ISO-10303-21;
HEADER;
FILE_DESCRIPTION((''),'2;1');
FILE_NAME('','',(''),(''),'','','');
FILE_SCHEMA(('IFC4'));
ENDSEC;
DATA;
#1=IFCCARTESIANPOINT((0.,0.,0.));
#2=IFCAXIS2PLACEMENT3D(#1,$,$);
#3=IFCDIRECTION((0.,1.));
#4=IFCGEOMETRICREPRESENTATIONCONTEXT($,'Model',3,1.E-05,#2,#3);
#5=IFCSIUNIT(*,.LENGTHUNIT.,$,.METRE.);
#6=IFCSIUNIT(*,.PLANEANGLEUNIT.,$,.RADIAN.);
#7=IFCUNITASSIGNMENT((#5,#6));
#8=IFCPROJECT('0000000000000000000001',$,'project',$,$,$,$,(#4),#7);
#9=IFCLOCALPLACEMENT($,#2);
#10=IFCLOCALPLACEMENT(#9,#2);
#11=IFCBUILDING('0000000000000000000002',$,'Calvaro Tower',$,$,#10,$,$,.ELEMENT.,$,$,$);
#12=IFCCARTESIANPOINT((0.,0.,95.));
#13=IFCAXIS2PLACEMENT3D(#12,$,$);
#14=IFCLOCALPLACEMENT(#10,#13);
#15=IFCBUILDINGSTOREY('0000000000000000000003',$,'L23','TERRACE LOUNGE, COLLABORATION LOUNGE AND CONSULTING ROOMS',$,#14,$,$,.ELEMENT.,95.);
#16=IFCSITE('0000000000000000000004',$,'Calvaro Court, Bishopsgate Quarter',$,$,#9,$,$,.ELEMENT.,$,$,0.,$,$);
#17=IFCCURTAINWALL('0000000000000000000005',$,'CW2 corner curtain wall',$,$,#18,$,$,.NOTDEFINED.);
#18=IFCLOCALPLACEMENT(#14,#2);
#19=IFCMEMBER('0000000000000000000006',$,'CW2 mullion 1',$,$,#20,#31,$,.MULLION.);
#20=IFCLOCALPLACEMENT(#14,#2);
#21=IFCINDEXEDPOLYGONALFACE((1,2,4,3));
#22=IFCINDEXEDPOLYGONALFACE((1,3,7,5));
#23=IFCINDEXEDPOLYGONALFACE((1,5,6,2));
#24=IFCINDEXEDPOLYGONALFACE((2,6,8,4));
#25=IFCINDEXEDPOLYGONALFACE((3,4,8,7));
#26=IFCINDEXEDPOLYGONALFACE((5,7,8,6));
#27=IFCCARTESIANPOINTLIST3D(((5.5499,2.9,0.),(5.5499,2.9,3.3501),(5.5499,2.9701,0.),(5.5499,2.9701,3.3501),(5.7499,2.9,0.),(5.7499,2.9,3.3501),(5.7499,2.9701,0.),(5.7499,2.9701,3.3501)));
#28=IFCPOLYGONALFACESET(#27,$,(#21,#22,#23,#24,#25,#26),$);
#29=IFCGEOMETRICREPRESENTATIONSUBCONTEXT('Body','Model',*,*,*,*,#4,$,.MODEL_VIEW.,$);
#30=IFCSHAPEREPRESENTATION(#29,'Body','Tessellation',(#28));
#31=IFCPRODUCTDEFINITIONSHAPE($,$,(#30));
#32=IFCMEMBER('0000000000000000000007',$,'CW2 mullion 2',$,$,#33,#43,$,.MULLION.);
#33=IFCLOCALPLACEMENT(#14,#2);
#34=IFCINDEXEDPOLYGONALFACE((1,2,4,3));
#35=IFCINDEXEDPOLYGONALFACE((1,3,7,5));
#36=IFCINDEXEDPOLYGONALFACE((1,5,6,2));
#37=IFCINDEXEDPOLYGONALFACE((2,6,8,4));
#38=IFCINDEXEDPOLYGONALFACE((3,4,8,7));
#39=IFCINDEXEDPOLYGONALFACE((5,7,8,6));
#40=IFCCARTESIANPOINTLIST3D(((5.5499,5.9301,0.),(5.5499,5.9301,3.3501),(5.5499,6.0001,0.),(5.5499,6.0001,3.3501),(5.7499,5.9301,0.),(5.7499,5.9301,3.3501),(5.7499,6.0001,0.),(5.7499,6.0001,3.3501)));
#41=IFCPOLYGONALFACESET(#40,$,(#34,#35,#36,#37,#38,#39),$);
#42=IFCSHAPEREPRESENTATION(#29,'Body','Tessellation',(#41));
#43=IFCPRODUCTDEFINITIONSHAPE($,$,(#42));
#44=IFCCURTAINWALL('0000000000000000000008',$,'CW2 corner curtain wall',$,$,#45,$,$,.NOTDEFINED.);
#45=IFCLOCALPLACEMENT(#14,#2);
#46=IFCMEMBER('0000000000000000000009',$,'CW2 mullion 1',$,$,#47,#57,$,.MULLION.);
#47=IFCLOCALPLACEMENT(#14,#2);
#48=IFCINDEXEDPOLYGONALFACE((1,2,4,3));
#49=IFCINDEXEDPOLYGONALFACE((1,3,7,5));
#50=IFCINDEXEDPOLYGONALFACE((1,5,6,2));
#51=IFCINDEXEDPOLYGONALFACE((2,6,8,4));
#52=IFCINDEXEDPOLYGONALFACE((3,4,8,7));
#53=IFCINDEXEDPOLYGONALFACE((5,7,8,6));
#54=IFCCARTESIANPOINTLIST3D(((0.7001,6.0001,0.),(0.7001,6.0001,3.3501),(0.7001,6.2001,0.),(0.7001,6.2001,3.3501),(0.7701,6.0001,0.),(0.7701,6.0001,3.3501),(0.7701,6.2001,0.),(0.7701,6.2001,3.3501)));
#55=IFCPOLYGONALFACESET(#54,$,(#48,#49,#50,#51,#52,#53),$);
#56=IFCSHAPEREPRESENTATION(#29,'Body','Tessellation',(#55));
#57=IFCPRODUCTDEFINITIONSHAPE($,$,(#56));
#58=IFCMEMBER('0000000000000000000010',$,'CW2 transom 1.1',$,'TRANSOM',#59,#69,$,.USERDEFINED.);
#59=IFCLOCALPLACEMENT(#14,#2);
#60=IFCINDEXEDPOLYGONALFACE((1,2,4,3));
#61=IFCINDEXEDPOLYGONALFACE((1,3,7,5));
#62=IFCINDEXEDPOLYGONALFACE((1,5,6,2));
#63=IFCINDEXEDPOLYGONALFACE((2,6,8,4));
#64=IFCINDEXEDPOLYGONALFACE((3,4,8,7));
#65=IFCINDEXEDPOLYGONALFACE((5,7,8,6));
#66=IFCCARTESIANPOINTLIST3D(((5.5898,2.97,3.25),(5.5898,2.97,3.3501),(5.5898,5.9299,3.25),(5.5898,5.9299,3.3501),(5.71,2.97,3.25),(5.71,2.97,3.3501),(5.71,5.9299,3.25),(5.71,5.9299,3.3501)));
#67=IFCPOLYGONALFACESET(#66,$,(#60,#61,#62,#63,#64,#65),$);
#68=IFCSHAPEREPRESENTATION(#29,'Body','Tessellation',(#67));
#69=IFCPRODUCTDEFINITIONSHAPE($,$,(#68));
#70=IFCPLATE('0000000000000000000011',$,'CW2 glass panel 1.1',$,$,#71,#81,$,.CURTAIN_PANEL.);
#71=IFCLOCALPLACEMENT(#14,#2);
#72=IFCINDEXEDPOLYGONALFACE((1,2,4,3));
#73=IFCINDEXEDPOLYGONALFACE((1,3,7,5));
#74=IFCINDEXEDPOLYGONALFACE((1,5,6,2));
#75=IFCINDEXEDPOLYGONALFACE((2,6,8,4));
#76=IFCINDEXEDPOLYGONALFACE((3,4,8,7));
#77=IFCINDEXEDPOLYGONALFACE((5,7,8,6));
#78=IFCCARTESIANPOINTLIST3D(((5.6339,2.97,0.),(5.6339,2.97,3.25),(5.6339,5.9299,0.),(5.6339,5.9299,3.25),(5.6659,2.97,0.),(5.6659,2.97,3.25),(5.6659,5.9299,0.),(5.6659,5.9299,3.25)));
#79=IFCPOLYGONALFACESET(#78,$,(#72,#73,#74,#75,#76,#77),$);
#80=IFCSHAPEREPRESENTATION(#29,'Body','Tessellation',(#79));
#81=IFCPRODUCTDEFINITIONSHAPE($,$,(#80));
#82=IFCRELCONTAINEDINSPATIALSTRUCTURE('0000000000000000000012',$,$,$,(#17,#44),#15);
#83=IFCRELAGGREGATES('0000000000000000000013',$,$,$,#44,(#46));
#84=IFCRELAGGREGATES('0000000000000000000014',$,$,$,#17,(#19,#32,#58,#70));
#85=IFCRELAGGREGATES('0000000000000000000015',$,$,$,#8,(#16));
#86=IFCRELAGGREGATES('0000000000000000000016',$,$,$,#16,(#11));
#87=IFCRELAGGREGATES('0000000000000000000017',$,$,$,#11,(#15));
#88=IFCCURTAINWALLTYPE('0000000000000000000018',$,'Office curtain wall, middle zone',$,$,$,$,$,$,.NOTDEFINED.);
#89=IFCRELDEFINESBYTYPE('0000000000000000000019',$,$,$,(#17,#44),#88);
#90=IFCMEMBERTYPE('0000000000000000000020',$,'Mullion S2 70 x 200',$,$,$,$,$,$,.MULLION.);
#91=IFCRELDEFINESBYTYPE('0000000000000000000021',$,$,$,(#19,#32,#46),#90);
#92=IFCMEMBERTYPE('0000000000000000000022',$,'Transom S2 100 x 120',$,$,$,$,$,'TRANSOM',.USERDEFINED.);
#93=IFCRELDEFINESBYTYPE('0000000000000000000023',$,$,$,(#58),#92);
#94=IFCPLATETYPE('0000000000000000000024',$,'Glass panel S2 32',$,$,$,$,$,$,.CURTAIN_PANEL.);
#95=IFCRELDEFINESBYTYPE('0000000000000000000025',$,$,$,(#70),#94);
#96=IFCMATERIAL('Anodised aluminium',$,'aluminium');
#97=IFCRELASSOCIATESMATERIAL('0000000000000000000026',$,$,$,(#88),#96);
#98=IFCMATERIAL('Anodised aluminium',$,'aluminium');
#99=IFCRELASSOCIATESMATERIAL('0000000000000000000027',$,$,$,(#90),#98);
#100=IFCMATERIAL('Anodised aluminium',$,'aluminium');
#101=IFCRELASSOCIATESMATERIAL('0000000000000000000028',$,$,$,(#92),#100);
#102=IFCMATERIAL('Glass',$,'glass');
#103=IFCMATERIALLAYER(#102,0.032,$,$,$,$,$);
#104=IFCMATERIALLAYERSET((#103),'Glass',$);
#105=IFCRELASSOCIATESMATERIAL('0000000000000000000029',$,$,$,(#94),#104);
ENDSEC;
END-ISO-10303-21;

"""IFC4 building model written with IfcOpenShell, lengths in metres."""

from ifc_helpers import new_model, si_unit, direction, frame, origin, origin_2d, place, context, subcontext, project, spatial, rectangle, extrude, material, layer, layer_set, material_profile, profile_set, type_object, element, aggregate, save


model = new_model("IFC4")

# Units and contexts
model_context = context("Model", 3, precision=1e-05, world=origin(), true_north=direction((0.0, 1.0)))
body_context = subcontext(model_context, "Body", "Model", "MODEL_VIEW")
ifc_project = project(units=[si_unit("LENGTHUNIT", "METRE"), si_unit("PLANEANGLEUNIT", "RADIAN")], contexts=[model_context])

# Site, building, storey
site_placement = place(None, origin())
site = spatial("IfcSite", under=ifc_project, at=site_placement, Name="Calvaro Court, Bishopsgate Quarter", CompositionType="ELEMENT", RefElevation=0.0)
building_placement = place(site_placement, origin())
building = spatial("IfcBuilding", under=site, at=building_placement, Name="Calvaro Tower", CompositionType="ELEMENT")
storey_placement = place(building_placement, frame((0.0, 0.0, 95.0)))
storey = spatial("IfcBuildingStorey", under=building, at=storey_placement, Name="L23", Description="TERRACE LOUNGE, COLLABORATION LOUNGE AND CONSULTING ROOMS", CompositionType="ELEMENT", Elevation=95.0)

# Curtain wall, members
ifc_material_1 = material(Name="Anodised aluminium", Category="aluminium")
curtain_wall_type = type_object("IfcCurtainWallType", Name="Office curtain wall, middle zone", PredefinedType="NOTDEFINED", material=ifc_material_1)
curtain_wall_1_placement = place(storey_placement, origin())
curtain_wall_1 = element("IfcCurtainWall", 1, at=curtain_wall_1_placement, inside=storey, type_object=curtain_wall_type, Name="CW2 corner curtain wall", PredefinedType="NOTDEFINED")
ifc_material_2 = material(Name="Anodised aluminium", Category="aluminium")
ifc_material_profile_1 = material_profile(ifc_material_2, rectangle(XDim=0.2, YDim=0.0701, at=origin_2d()), Name="Mullion S2 70 x 200")
ifc_profile_set_1 = profile_set([ifc_material_profile_1], Name="Anodised aluminium")
member_type_1 = type_object("IfcMemberType", Name="Mullion S2 70 x 200", PredefinedType="MULLION", material=ifc_profile_set_1)
member_1_placement = place(storey_placement, frame((5.6499, 2.9351, 0.0), z_axis=(0.0, 0.0, 1.0), x_axis=(-1.0, 0.0, 0.0)))
member_1 = element("IfcMember", 2, at=member_1_placement, type_object=member_type_1, Name="CW2 mullion 1", PredefinedType="MULLION", context=body_context, shape_type="SweptSolid", body=[
    extrude(rectangle(XDim=0.2, YDim=0.0701, at=origin_2d()), origin(), (0.0, 0.0, 1.0), 3.3501),
])
member_2_placement = place(storey_placement, frame((5.6499, 5.9651, 0.0), z_axis=(0.0, 0.0, 1.0), x_axis=(-1.0, 0.0, 0.0)))
member_2 = element("IfcMember", 3, at=member_2_placement, type_object=member_type_1, Name="CW2 mullion 2", PredefinedType="MULLION", context=body_context, shape_type="SweptSolid", body=[
    extrude(rectangle(XDim=0.2, YDim=0.0701, at=origin_2d()), origin(), (0.0, 0.0, 1.0), 3.3501),
])

# Curtain wall, member
curtain_wall_2_placement = place(storey_placement, origin())
curtain_wall_2 = element("IfcCurtainWall", 4, at=curtain_wall_2_placement, inside=storey, type_object=curtain_wall_type, Name="CW2 corner curtain wall", PredefinedType="NOTDEFINED")
member_3_placement = place(storey_placement, frame((0.7351, 6.1001, 0.0), z_axis=(0.0, 0.0, 1.0), x_axis=(0.0, 1.0, 0.0)))
member_3 = element("IfcMember", 5, at=member_3_placement, type_object=member_type_1, Name="CW2 mullion 1", PredefinedType="MULLION", context=body_context, shape_type="SweptSolid", body=[
    extrude(rectangle(XDim=0.2, YDim=0.0701, at=origin_2d()), origin(), (0.0, 0.0, 1.0), 3.3501),
])
aggregate(curtain_wall_2, [member_3])

# Member
ifc_material_3 = material(Name="Anodised aluminium", Category="aluminium")
ifc_material_profile_2 = material_profile(ifc_material_3, rectangle(XDim=0.1201, YDim=0.1001, at=origin_2d()), Name="Transom S2 100 x 120")
ifc_profile_set_2 = profile_set([ifc_material_profile_2], Name="Anodised aluminium")
member_type_2 = type_object("IfcMemberType", Name="Transom S2 100 x 120", ElementType="TRANSOM", PredefinedType="USERDEFINED", material=ifc_profile_set_2)
member_4_placement = place(storey_placement, frame((5.6499, 2.97, 3.3), z_axis=(0.0, 1.0, 0.0), x_axis=(-1.0, 0.0, 0.0)))
member_4 = element("IfcMember", 6, at=member_4_placement, type_object=member_type_2, Name="CW2 transom 1.1", ObjectType="TRANSOM", PredefinedType="USERDEFINED", context=body_context, shape_type="SweptSolid", body=[
    extrude(rectangle(XDim=0.1201, YDim=0.1001, at=origin_2d()), origin(), (0.0, 0.0, 1.0), 2.96),
])

# Plate
ifc_material_4 = material(Name="Glass", Category="glass")
ifc_layer_1 = layer(ifc_material_4, 0.032)
ifc_layer_set_1 = layer_set([ifc_layer_1], Name="Glass")
plate_type = type_object("IfcPlateType", Name="Glass panel S2 32", PredefinedType="CURTAIN_PANEL", material=ifc_layer_set_1)
plate_placement = place(storey_placement, frame((5.6499, 4.45, 0.0), z_axis=(0.0, 0.0, 1.0), x_axis=(0.0, 1.0, 0.0)))
plate = element("IfcPlate", 7, at=plate_placement, type_object=plate_type, Name="CW2 glass panel 1.1", PredefinedType="CURTAIN_PANEL", context=body_context, shape_type="SweptSolid", body=[
    extrude(rectangle(XDim=2.96, YDim=0.032, at=origin_2d()), origin(), (0.0, 0.0, 1.0), 3.25),
])
aggregate(curtain_wall_1, [member_1, member_2, member_4, plate])

save(model, "model.ifc")
